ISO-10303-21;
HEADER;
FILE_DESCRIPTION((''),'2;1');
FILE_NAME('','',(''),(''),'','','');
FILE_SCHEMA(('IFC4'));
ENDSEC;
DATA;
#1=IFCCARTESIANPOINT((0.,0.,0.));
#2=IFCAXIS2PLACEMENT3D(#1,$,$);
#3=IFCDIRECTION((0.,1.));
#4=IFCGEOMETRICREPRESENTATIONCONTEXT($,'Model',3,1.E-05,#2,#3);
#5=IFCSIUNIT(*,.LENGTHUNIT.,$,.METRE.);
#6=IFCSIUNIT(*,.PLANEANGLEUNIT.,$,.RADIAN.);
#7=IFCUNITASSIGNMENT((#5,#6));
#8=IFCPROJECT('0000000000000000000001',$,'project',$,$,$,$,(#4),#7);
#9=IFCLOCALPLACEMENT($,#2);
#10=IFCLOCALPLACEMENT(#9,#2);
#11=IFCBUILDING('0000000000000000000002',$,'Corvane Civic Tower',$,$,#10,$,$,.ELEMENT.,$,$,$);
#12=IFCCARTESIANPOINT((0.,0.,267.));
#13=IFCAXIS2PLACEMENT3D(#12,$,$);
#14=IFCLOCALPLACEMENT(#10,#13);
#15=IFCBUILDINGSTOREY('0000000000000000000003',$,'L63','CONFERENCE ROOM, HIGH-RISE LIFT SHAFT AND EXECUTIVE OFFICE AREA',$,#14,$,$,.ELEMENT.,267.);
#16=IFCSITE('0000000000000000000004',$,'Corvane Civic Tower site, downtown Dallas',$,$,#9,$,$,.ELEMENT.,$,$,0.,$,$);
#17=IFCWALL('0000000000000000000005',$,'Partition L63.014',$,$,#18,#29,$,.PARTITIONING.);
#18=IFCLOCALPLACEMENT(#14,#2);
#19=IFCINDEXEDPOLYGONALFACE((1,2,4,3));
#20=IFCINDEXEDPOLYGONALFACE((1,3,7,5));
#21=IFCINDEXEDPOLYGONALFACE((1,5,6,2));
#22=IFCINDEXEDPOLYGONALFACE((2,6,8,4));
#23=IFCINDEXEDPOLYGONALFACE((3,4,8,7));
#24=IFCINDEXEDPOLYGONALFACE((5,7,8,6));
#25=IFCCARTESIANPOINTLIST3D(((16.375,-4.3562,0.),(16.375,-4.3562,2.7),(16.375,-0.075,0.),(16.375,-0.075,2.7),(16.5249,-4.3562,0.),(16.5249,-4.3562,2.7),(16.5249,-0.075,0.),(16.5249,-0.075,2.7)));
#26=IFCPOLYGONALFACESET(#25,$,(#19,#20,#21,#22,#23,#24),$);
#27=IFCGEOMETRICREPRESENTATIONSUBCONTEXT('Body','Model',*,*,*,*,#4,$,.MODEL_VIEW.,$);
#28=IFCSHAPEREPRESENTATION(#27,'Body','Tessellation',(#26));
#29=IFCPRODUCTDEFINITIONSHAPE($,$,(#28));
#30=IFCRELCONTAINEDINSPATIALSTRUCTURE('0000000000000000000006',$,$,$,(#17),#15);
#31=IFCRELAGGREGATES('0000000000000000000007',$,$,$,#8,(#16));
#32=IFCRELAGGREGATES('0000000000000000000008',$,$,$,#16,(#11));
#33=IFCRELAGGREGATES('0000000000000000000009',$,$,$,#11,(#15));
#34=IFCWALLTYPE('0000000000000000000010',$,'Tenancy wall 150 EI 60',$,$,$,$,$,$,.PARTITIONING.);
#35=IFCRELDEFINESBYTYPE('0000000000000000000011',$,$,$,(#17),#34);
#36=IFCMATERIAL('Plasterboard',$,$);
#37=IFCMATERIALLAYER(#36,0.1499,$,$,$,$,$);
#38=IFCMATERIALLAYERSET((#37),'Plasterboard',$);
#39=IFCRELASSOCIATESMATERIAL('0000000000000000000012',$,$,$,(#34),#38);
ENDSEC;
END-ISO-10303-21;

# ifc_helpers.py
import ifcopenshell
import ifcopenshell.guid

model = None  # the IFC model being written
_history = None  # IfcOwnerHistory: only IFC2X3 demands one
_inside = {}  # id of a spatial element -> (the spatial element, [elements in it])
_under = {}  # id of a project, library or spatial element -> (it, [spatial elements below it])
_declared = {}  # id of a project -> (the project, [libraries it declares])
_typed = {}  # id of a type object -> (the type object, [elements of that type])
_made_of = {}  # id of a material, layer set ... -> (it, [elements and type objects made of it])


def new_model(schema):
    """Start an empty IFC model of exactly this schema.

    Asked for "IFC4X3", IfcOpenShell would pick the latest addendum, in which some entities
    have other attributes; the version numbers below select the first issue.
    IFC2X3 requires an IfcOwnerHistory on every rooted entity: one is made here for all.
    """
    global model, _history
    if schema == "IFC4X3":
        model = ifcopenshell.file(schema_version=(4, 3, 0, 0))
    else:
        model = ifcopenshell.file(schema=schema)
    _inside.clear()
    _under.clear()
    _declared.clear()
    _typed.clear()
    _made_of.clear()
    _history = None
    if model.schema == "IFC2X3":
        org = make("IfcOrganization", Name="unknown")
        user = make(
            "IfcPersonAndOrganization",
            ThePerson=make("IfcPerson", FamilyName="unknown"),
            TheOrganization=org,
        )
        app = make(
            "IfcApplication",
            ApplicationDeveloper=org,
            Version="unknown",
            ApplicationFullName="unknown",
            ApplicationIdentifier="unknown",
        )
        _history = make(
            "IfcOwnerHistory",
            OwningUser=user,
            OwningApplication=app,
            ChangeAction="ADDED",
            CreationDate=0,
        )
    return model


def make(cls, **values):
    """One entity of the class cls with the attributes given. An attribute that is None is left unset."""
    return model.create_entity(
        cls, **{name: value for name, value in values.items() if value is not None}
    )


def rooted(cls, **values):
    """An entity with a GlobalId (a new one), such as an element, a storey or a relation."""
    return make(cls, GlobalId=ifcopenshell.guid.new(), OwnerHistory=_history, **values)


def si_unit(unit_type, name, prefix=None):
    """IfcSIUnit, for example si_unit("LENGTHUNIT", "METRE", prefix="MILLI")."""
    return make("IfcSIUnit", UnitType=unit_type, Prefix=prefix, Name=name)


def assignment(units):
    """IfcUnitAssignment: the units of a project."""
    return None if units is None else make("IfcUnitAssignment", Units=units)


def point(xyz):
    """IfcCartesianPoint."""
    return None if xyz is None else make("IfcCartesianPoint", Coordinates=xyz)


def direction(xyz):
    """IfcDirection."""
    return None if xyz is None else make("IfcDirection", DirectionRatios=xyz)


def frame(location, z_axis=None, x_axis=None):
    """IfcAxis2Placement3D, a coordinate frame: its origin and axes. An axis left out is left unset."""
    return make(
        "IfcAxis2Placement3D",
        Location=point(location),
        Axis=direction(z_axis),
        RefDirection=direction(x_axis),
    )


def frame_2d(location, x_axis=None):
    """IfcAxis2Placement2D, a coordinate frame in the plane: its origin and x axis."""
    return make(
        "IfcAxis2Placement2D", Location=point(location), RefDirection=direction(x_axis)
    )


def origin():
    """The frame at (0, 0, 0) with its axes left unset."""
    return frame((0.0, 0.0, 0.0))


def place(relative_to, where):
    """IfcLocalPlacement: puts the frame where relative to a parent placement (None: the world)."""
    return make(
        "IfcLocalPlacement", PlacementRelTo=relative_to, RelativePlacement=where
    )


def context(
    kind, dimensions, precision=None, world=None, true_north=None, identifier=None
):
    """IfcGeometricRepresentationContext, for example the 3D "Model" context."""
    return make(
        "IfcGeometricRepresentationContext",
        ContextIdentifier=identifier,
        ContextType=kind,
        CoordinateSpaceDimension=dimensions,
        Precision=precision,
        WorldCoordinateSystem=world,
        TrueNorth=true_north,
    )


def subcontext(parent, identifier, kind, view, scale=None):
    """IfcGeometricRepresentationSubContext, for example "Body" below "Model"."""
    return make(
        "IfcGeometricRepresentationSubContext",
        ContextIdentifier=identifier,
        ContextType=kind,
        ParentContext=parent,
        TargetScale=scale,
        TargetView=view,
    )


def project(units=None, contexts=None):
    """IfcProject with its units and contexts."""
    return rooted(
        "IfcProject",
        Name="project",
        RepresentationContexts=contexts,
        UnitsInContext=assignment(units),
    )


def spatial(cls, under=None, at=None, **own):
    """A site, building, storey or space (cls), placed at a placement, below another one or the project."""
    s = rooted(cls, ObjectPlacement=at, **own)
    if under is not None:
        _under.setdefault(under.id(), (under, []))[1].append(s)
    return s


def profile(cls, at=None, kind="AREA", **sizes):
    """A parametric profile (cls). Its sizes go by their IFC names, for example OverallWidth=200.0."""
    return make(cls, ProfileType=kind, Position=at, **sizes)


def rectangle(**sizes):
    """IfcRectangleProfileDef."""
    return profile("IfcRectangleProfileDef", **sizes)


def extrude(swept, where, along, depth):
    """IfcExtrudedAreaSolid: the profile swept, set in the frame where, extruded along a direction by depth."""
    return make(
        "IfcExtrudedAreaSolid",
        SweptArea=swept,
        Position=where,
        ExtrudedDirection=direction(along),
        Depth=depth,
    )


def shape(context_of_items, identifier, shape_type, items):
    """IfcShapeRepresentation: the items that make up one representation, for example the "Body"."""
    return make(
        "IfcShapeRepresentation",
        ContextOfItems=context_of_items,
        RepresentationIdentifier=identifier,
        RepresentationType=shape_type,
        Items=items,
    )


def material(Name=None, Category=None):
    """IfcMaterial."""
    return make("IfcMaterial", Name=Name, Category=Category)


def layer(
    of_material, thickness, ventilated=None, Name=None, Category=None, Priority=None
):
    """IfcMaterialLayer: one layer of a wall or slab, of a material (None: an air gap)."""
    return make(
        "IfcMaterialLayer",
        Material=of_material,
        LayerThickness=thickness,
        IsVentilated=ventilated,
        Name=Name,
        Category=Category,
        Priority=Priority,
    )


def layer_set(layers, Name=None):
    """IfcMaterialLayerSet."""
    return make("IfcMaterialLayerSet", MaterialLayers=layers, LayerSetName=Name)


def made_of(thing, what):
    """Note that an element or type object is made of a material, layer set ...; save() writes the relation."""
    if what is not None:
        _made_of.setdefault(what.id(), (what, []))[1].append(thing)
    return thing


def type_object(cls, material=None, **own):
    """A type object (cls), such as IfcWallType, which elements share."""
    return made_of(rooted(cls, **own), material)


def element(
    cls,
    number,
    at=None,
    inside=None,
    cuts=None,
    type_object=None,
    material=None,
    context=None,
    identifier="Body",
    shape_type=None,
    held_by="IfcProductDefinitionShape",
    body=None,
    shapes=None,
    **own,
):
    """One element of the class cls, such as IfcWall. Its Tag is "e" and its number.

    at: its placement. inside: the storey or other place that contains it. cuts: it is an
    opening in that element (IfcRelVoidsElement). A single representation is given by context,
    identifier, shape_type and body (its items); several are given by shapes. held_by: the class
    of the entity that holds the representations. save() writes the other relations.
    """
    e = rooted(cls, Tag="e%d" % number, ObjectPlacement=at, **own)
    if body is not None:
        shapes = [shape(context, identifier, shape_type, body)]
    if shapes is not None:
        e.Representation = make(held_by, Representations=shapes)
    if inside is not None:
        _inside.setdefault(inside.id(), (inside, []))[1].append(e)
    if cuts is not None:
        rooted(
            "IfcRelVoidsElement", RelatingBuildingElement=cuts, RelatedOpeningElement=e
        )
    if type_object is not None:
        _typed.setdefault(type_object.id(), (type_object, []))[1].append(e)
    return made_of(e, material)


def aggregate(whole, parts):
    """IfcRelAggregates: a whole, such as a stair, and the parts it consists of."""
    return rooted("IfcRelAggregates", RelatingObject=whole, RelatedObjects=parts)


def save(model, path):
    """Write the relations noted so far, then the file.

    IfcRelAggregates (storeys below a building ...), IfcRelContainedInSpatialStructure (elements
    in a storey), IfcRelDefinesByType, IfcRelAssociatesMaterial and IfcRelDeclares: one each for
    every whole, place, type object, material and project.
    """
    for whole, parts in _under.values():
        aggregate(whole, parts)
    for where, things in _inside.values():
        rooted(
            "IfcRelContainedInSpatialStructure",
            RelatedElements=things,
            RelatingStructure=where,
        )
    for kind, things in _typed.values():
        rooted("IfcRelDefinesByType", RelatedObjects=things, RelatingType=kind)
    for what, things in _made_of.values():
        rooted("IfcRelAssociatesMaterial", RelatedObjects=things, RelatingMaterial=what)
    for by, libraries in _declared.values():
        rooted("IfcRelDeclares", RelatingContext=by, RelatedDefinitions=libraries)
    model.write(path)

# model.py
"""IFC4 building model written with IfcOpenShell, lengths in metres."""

from ifc_helpers import new_model, si_unit, direction, frame, frame_2d, origin, place, context, subcontext, project, spatial, rectangle, extrude, material, layer, layer_set, type_object, element, save


model = new_model("IFC4")

# Units and contexts
model_context = context("Model", 3, precision=1e-05, world=origin(), true_north=direction((0.0, 1.0)))
body_context = subcontext(model_context, "Body", "Model", "MODEL_VIEW")
ifc_project = project(units=[si_unit("LENGTHUNIT", "METRE"), si_unit("PLANEANGLEUNIT", "RADIAN")], contexts=[model_context])

# Site, building, storey
site_placement = place(None, origin())
site = spatial("IfcSite", under=ifc_project, at=site_placement, Name="Corvane Civic Tower site, downtown Dallas", CompositionType="ELEMENT", RefElevation=0.0)
building_placement = place(site_placement, origin())
building = spatial("IfcBuilding", under=site, at=building_placement, Name="Corvane Civic Tower", CompositionType="ELEMENT")
storey_placement = place(building_placement, frame((0.0, 0.0, 267.0)))
storey = spatial("IfcBuildingStorey", under=building, at=storey_placement, Name="L63", Description="CONFERENCE ROOM, HIGH-RISE LIFT SHAFT AND EXECUTIVE OFFICE AREA", CompositionType="ELEMENT", Elevation=267.0)

# Wall
ifc_material_1 = material(Name="Plasterboard")
ifc_layer_1 = layer(ifc_material_1, 0.1499)
ifc_layer_set_1 = layer_set([ifc_layer_1], Name="Plasterboard")
wall_type_1 = type_object("IfcWallType", Name="Tenancy wall 150 EI 60", PredefinedType="PARTITIONING", material=ifc_layer_set_1)
wall_1_placement = place(storey_placement, frame((16.45, -4.3562, 0.0), z_axis=(0.0, 0.0, 1.0), x_axis=(0.0, 1.0, 0.0)))
element("IfcWall", 1, at=wall_1_placement, inside=storey, type_object=wall_type_1, Name="Partition L63.014", PredefinedType="PARTITIONING", context=body_context, shape_type="SweptSolid", body=[
    extrude(rectangle(XDim=4.2812, YDim=0.1499, at=frame_2d((2.1406, 0.0))), origin(), (0.0, 0.0, 1.0), 2.7),
])

save(model, "model.ifc")
